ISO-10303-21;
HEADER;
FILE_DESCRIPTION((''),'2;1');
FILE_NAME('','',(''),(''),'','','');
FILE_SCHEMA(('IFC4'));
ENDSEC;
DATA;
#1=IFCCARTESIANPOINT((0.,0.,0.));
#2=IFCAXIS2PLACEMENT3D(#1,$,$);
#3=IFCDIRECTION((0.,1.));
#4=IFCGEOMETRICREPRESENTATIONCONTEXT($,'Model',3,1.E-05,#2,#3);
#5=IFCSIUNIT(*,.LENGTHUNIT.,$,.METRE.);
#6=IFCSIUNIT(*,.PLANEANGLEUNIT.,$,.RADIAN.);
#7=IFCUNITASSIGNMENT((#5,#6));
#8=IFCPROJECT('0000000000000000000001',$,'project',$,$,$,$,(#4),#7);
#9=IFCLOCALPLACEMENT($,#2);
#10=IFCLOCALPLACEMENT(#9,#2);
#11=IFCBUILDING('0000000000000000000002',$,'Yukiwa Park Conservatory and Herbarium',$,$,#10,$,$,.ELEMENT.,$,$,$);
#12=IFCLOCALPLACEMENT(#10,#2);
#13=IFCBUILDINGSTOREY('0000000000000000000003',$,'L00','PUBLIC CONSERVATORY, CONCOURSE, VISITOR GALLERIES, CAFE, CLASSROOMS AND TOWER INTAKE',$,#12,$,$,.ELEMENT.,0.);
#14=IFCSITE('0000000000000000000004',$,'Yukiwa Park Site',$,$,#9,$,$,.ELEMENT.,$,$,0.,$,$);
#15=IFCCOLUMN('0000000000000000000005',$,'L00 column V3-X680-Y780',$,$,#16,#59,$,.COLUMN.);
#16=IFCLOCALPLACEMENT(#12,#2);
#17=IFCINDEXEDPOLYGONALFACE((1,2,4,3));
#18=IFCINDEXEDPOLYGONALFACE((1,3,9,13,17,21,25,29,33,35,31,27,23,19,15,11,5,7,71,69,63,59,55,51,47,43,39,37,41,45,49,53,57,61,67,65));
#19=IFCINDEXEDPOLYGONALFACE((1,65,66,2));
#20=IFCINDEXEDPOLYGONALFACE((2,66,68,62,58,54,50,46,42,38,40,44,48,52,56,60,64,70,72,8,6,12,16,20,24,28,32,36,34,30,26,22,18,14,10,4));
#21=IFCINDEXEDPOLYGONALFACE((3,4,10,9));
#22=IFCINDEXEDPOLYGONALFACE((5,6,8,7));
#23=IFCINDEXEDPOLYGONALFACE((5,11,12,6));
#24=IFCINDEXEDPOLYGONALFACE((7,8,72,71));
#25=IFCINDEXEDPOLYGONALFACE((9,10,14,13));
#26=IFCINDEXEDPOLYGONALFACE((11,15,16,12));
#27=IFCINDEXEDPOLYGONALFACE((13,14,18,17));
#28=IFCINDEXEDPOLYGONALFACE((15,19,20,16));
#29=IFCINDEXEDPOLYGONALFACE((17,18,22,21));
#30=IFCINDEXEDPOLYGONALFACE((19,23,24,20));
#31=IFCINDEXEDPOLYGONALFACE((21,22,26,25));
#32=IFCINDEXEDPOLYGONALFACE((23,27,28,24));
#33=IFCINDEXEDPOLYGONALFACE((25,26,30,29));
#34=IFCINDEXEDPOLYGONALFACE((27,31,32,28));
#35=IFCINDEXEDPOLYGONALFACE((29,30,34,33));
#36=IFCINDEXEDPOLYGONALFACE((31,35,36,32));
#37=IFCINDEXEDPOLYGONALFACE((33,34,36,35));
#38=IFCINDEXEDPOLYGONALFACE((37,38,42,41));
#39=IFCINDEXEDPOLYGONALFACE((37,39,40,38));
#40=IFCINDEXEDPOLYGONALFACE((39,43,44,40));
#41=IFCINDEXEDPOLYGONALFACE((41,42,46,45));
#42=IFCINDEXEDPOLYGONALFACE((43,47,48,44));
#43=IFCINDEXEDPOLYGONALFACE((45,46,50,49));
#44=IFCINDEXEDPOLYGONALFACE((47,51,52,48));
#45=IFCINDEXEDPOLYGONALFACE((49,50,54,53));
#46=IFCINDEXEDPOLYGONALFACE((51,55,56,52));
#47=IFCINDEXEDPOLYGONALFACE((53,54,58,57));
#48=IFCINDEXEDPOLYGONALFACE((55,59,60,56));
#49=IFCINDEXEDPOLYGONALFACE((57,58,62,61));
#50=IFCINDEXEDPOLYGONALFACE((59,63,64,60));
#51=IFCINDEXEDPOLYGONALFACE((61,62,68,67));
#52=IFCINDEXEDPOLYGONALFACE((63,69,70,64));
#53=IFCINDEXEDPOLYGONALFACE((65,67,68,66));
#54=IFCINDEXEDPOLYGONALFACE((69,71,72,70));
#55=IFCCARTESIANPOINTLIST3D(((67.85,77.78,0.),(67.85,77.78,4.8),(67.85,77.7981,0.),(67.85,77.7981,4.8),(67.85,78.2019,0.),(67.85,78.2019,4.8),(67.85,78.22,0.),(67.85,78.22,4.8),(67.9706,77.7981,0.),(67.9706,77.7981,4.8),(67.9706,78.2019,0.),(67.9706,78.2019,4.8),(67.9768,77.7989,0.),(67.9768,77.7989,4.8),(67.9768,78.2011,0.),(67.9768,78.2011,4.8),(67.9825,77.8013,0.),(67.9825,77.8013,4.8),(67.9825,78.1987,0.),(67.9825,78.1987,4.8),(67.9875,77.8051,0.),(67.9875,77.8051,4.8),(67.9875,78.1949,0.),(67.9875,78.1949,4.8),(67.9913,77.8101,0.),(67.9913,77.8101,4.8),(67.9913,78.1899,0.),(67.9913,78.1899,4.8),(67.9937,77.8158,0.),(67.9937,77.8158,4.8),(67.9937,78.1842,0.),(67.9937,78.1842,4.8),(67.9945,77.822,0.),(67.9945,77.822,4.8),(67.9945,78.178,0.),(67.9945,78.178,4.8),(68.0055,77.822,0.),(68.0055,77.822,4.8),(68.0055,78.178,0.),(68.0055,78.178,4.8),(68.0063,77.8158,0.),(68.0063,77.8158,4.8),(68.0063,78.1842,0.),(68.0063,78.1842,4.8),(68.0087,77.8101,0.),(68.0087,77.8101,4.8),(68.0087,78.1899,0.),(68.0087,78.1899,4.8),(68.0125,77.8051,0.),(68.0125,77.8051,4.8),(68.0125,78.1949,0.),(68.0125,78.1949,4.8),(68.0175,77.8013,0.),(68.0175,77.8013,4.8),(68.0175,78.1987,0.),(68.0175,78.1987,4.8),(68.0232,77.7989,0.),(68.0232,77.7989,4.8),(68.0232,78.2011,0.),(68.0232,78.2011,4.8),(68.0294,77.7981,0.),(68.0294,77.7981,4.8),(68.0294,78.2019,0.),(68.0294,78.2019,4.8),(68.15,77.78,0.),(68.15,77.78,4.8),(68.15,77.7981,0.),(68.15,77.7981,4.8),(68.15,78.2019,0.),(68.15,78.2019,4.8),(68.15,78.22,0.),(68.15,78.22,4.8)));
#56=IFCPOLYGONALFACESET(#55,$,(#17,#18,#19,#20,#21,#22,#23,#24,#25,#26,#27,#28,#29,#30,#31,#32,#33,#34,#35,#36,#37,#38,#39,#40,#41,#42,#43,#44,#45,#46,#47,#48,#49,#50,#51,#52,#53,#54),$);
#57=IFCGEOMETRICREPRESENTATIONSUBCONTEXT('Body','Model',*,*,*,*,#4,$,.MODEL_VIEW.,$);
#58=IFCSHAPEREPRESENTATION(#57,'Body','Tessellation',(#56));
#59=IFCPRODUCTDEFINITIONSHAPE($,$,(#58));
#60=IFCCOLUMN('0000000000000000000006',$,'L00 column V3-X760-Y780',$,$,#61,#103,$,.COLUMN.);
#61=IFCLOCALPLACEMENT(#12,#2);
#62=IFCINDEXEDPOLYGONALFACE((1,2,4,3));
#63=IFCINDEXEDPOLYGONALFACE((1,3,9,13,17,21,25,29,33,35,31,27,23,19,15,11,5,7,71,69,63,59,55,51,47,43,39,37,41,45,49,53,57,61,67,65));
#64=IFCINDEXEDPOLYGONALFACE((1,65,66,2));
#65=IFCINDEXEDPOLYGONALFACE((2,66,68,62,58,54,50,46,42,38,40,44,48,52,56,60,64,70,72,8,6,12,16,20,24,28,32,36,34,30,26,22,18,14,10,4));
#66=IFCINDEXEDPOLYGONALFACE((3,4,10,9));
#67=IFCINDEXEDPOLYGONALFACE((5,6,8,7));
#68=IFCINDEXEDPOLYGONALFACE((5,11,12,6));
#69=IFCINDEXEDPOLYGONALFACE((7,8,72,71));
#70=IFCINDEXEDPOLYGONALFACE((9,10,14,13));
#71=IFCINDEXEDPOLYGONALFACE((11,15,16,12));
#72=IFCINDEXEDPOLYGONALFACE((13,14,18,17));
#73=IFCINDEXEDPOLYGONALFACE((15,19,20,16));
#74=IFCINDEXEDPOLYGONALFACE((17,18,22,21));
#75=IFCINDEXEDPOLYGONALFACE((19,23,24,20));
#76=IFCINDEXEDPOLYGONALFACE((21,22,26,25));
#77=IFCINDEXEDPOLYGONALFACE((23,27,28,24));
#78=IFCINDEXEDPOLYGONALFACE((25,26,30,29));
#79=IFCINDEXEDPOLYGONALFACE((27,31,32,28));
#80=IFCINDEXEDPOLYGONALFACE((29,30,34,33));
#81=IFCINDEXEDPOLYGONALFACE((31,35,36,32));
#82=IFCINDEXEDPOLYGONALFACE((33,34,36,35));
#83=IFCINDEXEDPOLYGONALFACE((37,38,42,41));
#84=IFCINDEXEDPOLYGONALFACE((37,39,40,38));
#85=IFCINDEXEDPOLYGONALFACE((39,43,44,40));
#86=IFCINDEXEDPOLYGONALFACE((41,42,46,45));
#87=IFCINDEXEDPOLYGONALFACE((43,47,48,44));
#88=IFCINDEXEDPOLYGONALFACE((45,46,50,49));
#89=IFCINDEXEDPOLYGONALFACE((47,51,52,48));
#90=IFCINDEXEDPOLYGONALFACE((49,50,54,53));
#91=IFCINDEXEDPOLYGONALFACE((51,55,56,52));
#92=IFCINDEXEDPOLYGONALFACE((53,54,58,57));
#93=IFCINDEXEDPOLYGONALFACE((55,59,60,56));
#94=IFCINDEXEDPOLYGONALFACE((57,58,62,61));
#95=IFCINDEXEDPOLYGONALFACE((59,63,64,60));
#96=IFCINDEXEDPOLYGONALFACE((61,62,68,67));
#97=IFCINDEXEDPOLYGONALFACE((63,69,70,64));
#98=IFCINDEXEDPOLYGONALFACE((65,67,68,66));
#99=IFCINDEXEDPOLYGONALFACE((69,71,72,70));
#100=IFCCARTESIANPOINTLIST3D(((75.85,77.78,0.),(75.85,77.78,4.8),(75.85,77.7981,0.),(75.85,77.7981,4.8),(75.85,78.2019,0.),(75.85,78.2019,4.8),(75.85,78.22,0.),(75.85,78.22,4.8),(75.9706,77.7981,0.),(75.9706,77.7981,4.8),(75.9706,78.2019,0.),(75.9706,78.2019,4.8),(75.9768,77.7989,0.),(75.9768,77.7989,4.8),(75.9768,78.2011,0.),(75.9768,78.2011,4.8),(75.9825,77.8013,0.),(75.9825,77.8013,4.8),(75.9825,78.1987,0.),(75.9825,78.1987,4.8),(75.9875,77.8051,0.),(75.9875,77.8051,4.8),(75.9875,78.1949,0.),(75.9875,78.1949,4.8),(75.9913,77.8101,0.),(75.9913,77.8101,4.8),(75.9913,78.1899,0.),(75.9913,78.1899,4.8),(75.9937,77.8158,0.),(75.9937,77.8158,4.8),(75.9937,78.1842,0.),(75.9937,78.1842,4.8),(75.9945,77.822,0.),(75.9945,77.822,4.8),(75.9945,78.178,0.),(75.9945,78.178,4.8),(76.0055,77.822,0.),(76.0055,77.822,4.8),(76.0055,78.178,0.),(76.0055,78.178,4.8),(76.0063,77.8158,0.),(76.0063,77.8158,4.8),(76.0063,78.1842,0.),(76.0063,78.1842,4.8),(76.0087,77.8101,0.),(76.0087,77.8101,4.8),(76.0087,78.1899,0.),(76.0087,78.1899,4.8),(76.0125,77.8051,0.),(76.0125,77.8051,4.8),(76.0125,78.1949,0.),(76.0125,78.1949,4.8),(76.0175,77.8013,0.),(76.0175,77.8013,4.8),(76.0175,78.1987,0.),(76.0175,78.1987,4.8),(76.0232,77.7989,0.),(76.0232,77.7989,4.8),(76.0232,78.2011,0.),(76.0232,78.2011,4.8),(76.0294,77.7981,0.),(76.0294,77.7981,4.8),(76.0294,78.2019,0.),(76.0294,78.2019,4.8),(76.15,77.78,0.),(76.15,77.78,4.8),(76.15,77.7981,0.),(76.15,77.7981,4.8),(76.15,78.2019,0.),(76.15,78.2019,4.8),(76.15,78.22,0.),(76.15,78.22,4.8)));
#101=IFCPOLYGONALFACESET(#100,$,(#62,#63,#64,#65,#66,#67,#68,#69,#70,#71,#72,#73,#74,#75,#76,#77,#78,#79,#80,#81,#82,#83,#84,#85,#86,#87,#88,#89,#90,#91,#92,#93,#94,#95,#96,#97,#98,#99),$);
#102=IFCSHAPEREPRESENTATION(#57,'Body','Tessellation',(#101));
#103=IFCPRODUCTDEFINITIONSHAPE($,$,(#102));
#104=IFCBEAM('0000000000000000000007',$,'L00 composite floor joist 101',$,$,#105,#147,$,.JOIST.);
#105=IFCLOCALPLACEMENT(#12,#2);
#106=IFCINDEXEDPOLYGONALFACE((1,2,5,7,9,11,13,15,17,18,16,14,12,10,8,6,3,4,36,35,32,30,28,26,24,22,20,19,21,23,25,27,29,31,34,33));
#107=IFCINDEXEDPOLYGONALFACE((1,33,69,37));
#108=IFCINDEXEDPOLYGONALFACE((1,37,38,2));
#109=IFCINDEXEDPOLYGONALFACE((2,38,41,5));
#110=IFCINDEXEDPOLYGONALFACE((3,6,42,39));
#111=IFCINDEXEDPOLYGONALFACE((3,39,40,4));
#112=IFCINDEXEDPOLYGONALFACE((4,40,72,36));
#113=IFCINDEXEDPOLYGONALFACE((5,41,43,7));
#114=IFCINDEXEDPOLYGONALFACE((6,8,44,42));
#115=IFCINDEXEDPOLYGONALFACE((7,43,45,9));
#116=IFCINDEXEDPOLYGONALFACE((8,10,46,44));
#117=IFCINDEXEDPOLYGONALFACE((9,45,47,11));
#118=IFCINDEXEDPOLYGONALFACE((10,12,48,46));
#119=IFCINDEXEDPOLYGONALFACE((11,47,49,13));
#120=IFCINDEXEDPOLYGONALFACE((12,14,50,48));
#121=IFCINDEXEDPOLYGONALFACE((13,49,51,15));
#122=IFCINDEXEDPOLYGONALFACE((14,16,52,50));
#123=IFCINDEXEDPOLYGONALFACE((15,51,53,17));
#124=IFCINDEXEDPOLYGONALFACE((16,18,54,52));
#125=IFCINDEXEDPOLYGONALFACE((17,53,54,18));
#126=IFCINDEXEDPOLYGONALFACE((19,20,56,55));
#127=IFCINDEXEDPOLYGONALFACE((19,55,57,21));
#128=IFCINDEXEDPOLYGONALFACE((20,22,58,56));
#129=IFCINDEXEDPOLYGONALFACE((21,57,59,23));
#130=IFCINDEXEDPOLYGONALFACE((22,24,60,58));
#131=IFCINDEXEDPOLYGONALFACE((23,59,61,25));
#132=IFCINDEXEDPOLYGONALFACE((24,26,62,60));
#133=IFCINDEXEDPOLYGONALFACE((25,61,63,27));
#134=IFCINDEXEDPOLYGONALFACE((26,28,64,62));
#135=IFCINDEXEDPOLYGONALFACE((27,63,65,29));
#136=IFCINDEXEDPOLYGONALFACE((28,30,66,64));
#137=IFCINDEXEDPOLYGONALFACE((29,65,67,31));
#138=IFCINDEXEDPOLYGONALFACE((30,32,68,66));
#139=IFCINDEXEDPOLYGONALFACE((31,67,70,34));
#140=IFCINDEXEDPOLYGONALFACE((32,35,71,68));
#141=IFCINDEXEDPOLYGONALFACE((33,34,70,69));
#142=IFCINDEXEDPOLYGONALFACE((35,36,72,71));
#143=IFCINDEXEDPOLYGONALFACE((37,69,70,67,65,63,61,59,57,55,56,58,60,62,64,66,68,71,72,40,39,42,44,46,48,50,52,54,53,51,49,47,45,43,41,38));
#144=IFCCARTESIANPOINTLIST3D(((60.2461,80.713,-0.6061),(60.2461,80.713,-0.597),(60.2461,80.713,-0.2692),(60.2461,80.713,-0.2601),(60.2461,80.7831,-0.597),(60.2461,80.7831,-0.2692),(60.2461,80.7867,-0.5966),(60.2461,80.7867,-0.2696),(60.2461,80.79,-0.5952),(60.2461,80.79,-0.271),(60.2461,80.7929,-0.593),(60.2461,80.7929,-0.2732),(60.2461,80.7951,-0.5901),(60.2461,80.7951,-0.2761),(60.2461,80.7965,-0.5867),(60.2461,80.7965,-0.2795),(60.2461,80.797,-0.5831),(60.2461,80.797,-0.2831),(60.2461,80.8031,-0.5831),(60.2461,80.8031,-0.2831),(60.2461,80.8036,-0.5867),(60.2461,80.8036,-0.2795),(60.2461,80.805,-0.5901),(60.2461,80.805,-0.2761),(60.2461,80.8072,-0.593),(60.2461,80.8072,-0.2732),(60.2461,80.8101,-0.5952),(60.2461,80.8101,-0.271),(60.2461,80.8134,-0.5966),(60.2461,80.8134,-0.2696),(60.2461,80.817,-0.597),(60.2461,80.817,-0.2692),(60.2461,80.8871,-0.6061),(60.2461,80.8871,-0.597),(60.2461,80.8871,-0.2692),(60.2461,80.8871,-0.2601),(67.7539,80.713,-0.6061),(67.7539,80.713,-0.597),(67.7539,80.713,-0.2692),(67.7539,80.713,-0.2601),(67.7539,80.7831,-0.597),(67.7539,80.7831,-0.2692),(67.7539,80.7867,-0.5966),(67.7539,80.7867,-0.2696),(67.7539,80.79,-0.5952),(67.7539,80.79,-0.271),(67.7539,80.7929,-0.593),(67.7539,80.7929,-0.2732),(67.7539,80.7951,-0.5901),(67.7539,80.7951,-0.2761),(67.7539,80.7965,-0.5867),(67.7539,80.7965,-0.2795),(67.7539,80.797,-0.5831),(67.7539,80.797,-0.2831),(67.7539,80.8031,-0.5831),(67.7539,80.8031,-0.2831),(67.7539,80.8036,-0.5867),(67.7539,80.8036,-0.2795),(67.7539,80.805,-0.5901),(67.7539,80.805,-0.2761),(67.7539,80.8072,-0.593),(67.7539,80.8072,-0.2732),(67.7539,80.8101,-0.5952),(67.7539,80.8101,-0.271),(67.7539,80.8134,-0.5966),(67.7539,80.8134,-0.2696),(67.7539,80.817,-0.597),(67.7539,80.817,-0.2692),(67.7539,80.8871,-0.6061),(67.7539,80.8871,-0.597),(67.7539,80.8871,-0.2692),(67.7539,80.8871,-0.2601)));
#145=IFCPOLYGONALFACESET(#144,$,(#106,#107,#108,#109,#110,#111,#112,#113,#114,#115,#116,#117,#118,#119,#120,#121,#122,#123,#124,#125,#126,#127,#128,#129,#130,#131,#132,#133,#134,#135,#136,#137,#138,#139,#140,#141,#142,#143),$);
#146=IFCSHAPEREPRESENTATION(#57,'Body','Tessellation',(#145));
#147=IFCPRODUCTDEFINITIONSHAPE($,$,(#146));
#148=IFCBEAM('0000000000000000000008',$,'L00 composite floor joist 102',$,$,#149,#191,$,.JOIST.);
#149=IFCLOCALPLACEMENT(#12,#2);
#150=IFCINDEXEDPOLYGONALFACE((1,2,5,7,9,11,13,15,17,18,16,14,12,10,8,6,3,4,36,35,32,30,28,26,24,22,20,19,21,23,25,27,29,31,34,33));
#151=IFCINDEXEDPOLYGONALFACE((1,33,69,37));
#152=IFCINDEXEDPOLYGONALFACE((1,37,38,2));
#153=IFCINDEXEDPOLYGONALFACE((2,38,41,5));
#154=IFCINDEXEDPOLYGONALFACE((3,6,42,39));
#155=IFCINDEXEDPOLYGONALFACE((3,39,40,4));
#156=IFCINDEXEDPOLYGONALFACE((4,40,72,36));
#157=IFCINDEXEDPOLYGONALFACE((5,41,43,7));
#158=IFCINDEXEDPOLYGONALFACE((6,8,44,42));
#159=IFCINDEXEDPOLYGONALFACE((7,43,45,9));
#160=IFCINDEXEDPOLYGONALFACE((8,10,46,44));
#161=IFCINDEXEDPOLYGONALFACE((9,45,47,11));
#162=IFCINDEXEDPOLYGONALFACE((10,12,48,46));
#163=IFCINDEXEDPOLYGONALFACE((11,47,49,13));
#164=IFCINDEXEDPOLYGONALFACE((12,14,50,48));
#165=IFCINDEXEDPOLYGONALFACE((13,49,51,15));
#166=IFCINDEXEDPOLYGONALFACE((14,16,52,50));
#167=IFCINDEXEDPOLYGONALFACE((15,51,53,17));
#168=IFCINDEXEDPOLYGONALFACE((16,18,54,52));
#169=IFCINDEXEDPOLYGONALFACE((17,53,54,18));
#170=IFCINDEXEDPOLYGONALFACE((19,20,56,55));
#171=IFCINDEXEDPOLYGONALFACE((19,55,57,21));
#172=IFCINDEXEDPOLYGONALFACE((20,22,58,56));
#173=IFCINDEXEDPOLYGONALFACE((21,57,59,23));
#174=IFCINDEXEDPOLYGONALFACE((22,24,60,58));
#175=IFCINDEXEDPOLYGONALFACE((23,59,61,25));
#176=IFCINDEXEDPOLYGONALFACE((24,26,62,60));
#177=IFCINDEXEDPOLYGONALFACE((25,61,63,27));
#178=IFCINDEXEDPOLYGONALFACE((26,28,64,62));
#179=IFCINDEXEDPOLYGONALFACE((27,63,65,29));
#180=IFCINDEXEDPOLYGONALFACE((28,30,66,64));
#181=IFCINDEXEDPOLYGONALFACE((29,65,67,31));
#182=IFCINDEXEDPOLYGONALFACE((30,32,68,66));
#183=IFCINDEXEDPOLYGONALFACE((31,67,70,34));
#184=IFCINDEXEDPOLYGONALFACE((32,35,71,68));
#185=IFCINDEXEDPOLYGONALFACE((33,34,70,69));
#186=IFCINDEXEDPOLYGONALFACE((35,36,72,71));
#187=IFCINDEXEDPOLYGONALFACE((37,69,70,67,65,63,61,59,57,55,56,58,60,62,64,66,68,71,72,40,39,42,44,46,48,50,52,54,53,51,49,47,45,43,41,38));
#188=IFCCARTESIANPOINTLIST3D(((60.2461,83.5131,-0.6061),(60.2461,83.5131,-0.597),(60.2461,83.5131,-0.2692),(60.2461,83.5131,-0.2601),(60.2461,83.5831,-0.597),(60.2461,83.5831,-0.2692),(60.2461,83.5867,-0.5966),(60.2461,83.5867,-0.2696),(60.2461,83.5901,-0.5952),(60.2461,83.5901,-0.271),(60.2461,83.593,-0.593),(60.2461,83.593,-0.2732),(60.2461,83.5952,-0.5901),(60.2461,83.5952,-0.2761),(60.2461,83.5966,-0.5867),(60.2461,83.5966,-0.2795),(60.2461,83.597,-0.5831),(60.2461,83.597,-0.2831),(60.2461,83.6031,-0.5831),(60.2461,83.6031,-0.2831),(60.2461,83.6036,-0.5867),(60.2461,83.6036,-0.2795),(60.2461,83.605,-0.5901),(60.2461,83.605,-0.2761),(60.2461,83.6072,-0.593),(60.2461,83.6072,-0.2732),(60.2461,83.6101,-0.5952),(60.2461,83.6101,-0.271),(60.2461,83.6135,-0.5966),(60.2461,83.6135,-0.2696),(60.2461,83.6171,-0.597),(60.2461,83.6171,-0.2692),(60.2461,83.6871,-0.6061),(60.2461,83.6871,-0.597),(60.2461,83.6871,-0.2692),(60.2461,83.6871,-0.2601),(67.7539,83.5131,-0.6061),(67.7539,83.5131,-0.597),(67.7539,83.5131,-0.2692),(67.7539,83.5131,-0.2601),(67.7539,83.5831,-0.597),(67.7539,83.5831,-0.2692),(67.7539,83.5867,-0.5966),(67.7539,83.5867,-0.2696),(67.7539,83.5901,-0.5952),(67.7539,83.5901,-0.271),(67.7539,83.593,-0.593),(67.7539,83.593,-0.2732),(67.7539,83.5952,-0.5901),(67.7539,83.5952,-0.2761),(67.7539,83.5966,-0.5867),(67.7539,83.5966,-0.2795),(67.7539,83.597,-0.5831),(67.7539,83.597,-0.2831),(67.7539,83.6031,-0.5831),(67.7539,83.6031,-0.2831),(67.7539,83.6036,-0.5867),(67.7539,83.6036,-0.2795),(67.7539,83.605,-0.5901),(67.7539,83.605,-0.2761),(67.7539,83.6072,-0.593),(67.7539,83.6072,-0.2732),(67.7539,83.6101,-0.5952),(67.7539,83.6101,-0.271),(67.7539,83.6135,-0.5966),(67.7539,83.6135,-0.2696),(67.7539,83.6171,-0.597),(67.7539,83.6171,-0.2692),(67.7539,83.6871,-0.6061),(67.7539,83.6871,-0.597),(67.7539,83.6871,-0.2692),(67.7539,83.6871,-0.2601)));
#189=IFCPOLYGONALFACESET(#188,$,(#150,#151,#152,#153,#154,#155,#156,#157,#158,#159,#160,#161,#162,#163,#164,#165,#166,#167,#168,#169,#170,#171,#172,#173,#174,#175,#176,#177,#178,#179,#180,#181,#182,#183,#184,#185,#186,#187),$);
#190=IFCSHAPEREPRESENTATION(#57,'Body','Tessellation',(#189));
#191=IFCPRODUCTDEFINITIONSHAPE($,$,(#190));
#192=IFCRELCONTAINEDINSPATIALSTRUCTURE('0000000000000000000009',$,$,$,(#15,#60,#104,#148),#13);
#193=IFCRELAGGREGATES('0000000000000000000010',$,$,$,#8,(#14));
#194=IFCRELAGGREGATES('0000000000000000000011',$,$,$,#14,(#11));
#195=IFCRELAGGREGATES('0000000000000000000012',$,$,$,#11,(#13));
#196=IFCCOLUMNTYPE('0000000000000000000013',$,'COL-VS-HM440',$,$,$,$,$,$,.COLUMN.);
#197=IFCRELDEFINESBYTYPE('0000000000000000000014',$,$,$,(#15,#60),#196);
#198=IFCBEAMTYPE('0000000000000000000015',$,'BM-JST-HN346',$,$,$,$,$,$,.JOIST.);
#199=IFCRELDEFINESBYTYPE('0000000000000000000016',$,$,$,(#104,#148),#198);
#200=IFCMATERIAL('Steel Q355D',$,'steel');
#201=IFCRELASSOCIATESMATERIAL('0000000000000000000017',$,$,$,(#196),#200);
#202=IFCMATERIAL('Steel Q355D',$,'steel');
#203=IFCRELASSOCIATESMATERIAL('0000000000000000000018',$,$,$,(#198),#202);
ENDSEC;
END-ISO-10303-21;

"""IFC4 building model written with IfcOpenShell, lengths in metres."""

from ifc_helpers import new_model, si_unit, direction, frame, origin, origin_2d, place, context, subcontext, project, spatial, i_section, extrude, material, material_profile, profile_set, type_object, element, save


model = new_model("IFC4")

# Units and contexts
model_context = context("Model", 3, precision=1e-05, world=origin(), true_north=direction((0.0, 1.0)))
body_context = subcontext(model_context, "Body", "Model", "MODEL_VIEW")
ifc_project = project(units=[si_unit("LENGTHUNIT", "METRE"), si_unit("PLANEANGLEUNIT", "RADIAN")], contexts=[model_context])

# Site, building, storey
site_placement = place(None, origin())
site = spatial("IfcSite", under=ifc_project, at=site_placement, Name="Yukiwa Park Site", CompositionType="ELEMENT", RefElevation=0.0)
building_placement = place(site_placement, origin())
building = spatial("IfcBuilding", under=site, at=building_placement, Name="Yukiwa Park Conservatory and Herbarium", CompositionType="ELEMENT")
storey_placement = place(building_placement, origin())
storey = spatial("IfcBuildingStorey", under=building, at=storey_placement, Name="L00", Description="PUBLIC CONSERVATORY, CONCOURSE, VISITOR GALLERIES, CAFE, CLASSROOMS AND TOWER INTAKE", CompositionType="ELEMENT", Elevation=0.0)

# Columns
ifc_material_1 = material(Name="Steel Q355D", Category="steel")
ifc_material_profile_1 = material_profile(ifc_material_1, i_section(OverallWidth=0.3, OverallDepth=0.4399, WebThickness=0.011, FlangeThickness=0.0181, FilletRadius=0.0239, at=origin_2d()), Name="HM 440x300x11x18")
ifc_profile_set_1 = profile_set([ifc_material_profile_1], Name="Steel Q355D")
column_type = type_object("IfcColumnType", Name="COL-VS-HM440", PredefinedType="COLUMN", material=ifc_profile_set_1)
for number, where, z_axis, x_axis, name in (
    (1, (68.0, 78.0, 0.0), (0.0, 0.0, 1.0), (1.0, 0.0, 0.0), "L00 column V3-X680-Y780"),
    (2, (76.0, 78.0, 0.0), (0.0, 0.0, 1.0), (1.0, 0.0, 0.0), "L00 column V3-X760-Y780"),
):
    element("IfcColumn", number, at=place(storey_placement, frame(where, z_axis=z_axis, x_axis=x_axis)), inside=storey, type_object=column_type, Name=name, PredefinedType="COLUMN", context=body_context, shape_type="SweptSolid", body=[
        extrude(i_section(OverallWidth=0.3, OverallDepth=0.4399, WebThickness=0.011, FlangeThickness=0.0181, FilletRadius=0.0239, at=origin_2d()), origin(), (0.0, 0.0, 1.0), 4.8),
    ])

# Beams
ifc_material_2 = material(Name="Steel Q355D", Category="steel")
ifc_material_profile_2 = material_profile(ifc_material_2, i_section(OverallWidth=0.1741, OverallDepth=0.3459, WebThickness=0.0061, FlangeThickness=0.009, FilletRadius=0.0139, at=origin_2d()), Name="HN 346x174x6x9")
ifc_profile_set_2 = profile_set([ifc_material_profile_2], Name="Steel Q355D")
beam_type_1 = type_object("IfcBeamType", Name="BM-JST-HN346", PredefinedType="JOIST", material=ifc_profile_set_2)
for number, where, z_axis, x_axis, name in (
    (3, (60.2461, 80.8, -0.4331), (1.0, 0.0, 0.0), (0.0, 1.0, 0.0), "L00 composite floor joist 101"),
    (4, (60.2461, 83.6001, -0.4331), (1.0, 0.0, 0.0), (0.0, 1.0, 0.0), "L00 composite floor joist 102"),
):
    element("IfcBeam", number, at=place(storey_placement, frame(where, z_axis=z_axis, x_axis=x_axis)), inside=storey, type_object=beam_type_1, Name=name, PredefinedType="JOIST", context=body_context, shape_type="SweptSolid", body=[
        extrude(i_section(OverallWidth=0.1741, OverallDepth=0.3459, WebThickness=0.0061, FlangeThickness=0.009, FilletRadius=0.0139, at=origin_2d()), origin(), (0.0, 0.0, 1.0), 7.5078),
    ])

save(model, "model.ifc")
